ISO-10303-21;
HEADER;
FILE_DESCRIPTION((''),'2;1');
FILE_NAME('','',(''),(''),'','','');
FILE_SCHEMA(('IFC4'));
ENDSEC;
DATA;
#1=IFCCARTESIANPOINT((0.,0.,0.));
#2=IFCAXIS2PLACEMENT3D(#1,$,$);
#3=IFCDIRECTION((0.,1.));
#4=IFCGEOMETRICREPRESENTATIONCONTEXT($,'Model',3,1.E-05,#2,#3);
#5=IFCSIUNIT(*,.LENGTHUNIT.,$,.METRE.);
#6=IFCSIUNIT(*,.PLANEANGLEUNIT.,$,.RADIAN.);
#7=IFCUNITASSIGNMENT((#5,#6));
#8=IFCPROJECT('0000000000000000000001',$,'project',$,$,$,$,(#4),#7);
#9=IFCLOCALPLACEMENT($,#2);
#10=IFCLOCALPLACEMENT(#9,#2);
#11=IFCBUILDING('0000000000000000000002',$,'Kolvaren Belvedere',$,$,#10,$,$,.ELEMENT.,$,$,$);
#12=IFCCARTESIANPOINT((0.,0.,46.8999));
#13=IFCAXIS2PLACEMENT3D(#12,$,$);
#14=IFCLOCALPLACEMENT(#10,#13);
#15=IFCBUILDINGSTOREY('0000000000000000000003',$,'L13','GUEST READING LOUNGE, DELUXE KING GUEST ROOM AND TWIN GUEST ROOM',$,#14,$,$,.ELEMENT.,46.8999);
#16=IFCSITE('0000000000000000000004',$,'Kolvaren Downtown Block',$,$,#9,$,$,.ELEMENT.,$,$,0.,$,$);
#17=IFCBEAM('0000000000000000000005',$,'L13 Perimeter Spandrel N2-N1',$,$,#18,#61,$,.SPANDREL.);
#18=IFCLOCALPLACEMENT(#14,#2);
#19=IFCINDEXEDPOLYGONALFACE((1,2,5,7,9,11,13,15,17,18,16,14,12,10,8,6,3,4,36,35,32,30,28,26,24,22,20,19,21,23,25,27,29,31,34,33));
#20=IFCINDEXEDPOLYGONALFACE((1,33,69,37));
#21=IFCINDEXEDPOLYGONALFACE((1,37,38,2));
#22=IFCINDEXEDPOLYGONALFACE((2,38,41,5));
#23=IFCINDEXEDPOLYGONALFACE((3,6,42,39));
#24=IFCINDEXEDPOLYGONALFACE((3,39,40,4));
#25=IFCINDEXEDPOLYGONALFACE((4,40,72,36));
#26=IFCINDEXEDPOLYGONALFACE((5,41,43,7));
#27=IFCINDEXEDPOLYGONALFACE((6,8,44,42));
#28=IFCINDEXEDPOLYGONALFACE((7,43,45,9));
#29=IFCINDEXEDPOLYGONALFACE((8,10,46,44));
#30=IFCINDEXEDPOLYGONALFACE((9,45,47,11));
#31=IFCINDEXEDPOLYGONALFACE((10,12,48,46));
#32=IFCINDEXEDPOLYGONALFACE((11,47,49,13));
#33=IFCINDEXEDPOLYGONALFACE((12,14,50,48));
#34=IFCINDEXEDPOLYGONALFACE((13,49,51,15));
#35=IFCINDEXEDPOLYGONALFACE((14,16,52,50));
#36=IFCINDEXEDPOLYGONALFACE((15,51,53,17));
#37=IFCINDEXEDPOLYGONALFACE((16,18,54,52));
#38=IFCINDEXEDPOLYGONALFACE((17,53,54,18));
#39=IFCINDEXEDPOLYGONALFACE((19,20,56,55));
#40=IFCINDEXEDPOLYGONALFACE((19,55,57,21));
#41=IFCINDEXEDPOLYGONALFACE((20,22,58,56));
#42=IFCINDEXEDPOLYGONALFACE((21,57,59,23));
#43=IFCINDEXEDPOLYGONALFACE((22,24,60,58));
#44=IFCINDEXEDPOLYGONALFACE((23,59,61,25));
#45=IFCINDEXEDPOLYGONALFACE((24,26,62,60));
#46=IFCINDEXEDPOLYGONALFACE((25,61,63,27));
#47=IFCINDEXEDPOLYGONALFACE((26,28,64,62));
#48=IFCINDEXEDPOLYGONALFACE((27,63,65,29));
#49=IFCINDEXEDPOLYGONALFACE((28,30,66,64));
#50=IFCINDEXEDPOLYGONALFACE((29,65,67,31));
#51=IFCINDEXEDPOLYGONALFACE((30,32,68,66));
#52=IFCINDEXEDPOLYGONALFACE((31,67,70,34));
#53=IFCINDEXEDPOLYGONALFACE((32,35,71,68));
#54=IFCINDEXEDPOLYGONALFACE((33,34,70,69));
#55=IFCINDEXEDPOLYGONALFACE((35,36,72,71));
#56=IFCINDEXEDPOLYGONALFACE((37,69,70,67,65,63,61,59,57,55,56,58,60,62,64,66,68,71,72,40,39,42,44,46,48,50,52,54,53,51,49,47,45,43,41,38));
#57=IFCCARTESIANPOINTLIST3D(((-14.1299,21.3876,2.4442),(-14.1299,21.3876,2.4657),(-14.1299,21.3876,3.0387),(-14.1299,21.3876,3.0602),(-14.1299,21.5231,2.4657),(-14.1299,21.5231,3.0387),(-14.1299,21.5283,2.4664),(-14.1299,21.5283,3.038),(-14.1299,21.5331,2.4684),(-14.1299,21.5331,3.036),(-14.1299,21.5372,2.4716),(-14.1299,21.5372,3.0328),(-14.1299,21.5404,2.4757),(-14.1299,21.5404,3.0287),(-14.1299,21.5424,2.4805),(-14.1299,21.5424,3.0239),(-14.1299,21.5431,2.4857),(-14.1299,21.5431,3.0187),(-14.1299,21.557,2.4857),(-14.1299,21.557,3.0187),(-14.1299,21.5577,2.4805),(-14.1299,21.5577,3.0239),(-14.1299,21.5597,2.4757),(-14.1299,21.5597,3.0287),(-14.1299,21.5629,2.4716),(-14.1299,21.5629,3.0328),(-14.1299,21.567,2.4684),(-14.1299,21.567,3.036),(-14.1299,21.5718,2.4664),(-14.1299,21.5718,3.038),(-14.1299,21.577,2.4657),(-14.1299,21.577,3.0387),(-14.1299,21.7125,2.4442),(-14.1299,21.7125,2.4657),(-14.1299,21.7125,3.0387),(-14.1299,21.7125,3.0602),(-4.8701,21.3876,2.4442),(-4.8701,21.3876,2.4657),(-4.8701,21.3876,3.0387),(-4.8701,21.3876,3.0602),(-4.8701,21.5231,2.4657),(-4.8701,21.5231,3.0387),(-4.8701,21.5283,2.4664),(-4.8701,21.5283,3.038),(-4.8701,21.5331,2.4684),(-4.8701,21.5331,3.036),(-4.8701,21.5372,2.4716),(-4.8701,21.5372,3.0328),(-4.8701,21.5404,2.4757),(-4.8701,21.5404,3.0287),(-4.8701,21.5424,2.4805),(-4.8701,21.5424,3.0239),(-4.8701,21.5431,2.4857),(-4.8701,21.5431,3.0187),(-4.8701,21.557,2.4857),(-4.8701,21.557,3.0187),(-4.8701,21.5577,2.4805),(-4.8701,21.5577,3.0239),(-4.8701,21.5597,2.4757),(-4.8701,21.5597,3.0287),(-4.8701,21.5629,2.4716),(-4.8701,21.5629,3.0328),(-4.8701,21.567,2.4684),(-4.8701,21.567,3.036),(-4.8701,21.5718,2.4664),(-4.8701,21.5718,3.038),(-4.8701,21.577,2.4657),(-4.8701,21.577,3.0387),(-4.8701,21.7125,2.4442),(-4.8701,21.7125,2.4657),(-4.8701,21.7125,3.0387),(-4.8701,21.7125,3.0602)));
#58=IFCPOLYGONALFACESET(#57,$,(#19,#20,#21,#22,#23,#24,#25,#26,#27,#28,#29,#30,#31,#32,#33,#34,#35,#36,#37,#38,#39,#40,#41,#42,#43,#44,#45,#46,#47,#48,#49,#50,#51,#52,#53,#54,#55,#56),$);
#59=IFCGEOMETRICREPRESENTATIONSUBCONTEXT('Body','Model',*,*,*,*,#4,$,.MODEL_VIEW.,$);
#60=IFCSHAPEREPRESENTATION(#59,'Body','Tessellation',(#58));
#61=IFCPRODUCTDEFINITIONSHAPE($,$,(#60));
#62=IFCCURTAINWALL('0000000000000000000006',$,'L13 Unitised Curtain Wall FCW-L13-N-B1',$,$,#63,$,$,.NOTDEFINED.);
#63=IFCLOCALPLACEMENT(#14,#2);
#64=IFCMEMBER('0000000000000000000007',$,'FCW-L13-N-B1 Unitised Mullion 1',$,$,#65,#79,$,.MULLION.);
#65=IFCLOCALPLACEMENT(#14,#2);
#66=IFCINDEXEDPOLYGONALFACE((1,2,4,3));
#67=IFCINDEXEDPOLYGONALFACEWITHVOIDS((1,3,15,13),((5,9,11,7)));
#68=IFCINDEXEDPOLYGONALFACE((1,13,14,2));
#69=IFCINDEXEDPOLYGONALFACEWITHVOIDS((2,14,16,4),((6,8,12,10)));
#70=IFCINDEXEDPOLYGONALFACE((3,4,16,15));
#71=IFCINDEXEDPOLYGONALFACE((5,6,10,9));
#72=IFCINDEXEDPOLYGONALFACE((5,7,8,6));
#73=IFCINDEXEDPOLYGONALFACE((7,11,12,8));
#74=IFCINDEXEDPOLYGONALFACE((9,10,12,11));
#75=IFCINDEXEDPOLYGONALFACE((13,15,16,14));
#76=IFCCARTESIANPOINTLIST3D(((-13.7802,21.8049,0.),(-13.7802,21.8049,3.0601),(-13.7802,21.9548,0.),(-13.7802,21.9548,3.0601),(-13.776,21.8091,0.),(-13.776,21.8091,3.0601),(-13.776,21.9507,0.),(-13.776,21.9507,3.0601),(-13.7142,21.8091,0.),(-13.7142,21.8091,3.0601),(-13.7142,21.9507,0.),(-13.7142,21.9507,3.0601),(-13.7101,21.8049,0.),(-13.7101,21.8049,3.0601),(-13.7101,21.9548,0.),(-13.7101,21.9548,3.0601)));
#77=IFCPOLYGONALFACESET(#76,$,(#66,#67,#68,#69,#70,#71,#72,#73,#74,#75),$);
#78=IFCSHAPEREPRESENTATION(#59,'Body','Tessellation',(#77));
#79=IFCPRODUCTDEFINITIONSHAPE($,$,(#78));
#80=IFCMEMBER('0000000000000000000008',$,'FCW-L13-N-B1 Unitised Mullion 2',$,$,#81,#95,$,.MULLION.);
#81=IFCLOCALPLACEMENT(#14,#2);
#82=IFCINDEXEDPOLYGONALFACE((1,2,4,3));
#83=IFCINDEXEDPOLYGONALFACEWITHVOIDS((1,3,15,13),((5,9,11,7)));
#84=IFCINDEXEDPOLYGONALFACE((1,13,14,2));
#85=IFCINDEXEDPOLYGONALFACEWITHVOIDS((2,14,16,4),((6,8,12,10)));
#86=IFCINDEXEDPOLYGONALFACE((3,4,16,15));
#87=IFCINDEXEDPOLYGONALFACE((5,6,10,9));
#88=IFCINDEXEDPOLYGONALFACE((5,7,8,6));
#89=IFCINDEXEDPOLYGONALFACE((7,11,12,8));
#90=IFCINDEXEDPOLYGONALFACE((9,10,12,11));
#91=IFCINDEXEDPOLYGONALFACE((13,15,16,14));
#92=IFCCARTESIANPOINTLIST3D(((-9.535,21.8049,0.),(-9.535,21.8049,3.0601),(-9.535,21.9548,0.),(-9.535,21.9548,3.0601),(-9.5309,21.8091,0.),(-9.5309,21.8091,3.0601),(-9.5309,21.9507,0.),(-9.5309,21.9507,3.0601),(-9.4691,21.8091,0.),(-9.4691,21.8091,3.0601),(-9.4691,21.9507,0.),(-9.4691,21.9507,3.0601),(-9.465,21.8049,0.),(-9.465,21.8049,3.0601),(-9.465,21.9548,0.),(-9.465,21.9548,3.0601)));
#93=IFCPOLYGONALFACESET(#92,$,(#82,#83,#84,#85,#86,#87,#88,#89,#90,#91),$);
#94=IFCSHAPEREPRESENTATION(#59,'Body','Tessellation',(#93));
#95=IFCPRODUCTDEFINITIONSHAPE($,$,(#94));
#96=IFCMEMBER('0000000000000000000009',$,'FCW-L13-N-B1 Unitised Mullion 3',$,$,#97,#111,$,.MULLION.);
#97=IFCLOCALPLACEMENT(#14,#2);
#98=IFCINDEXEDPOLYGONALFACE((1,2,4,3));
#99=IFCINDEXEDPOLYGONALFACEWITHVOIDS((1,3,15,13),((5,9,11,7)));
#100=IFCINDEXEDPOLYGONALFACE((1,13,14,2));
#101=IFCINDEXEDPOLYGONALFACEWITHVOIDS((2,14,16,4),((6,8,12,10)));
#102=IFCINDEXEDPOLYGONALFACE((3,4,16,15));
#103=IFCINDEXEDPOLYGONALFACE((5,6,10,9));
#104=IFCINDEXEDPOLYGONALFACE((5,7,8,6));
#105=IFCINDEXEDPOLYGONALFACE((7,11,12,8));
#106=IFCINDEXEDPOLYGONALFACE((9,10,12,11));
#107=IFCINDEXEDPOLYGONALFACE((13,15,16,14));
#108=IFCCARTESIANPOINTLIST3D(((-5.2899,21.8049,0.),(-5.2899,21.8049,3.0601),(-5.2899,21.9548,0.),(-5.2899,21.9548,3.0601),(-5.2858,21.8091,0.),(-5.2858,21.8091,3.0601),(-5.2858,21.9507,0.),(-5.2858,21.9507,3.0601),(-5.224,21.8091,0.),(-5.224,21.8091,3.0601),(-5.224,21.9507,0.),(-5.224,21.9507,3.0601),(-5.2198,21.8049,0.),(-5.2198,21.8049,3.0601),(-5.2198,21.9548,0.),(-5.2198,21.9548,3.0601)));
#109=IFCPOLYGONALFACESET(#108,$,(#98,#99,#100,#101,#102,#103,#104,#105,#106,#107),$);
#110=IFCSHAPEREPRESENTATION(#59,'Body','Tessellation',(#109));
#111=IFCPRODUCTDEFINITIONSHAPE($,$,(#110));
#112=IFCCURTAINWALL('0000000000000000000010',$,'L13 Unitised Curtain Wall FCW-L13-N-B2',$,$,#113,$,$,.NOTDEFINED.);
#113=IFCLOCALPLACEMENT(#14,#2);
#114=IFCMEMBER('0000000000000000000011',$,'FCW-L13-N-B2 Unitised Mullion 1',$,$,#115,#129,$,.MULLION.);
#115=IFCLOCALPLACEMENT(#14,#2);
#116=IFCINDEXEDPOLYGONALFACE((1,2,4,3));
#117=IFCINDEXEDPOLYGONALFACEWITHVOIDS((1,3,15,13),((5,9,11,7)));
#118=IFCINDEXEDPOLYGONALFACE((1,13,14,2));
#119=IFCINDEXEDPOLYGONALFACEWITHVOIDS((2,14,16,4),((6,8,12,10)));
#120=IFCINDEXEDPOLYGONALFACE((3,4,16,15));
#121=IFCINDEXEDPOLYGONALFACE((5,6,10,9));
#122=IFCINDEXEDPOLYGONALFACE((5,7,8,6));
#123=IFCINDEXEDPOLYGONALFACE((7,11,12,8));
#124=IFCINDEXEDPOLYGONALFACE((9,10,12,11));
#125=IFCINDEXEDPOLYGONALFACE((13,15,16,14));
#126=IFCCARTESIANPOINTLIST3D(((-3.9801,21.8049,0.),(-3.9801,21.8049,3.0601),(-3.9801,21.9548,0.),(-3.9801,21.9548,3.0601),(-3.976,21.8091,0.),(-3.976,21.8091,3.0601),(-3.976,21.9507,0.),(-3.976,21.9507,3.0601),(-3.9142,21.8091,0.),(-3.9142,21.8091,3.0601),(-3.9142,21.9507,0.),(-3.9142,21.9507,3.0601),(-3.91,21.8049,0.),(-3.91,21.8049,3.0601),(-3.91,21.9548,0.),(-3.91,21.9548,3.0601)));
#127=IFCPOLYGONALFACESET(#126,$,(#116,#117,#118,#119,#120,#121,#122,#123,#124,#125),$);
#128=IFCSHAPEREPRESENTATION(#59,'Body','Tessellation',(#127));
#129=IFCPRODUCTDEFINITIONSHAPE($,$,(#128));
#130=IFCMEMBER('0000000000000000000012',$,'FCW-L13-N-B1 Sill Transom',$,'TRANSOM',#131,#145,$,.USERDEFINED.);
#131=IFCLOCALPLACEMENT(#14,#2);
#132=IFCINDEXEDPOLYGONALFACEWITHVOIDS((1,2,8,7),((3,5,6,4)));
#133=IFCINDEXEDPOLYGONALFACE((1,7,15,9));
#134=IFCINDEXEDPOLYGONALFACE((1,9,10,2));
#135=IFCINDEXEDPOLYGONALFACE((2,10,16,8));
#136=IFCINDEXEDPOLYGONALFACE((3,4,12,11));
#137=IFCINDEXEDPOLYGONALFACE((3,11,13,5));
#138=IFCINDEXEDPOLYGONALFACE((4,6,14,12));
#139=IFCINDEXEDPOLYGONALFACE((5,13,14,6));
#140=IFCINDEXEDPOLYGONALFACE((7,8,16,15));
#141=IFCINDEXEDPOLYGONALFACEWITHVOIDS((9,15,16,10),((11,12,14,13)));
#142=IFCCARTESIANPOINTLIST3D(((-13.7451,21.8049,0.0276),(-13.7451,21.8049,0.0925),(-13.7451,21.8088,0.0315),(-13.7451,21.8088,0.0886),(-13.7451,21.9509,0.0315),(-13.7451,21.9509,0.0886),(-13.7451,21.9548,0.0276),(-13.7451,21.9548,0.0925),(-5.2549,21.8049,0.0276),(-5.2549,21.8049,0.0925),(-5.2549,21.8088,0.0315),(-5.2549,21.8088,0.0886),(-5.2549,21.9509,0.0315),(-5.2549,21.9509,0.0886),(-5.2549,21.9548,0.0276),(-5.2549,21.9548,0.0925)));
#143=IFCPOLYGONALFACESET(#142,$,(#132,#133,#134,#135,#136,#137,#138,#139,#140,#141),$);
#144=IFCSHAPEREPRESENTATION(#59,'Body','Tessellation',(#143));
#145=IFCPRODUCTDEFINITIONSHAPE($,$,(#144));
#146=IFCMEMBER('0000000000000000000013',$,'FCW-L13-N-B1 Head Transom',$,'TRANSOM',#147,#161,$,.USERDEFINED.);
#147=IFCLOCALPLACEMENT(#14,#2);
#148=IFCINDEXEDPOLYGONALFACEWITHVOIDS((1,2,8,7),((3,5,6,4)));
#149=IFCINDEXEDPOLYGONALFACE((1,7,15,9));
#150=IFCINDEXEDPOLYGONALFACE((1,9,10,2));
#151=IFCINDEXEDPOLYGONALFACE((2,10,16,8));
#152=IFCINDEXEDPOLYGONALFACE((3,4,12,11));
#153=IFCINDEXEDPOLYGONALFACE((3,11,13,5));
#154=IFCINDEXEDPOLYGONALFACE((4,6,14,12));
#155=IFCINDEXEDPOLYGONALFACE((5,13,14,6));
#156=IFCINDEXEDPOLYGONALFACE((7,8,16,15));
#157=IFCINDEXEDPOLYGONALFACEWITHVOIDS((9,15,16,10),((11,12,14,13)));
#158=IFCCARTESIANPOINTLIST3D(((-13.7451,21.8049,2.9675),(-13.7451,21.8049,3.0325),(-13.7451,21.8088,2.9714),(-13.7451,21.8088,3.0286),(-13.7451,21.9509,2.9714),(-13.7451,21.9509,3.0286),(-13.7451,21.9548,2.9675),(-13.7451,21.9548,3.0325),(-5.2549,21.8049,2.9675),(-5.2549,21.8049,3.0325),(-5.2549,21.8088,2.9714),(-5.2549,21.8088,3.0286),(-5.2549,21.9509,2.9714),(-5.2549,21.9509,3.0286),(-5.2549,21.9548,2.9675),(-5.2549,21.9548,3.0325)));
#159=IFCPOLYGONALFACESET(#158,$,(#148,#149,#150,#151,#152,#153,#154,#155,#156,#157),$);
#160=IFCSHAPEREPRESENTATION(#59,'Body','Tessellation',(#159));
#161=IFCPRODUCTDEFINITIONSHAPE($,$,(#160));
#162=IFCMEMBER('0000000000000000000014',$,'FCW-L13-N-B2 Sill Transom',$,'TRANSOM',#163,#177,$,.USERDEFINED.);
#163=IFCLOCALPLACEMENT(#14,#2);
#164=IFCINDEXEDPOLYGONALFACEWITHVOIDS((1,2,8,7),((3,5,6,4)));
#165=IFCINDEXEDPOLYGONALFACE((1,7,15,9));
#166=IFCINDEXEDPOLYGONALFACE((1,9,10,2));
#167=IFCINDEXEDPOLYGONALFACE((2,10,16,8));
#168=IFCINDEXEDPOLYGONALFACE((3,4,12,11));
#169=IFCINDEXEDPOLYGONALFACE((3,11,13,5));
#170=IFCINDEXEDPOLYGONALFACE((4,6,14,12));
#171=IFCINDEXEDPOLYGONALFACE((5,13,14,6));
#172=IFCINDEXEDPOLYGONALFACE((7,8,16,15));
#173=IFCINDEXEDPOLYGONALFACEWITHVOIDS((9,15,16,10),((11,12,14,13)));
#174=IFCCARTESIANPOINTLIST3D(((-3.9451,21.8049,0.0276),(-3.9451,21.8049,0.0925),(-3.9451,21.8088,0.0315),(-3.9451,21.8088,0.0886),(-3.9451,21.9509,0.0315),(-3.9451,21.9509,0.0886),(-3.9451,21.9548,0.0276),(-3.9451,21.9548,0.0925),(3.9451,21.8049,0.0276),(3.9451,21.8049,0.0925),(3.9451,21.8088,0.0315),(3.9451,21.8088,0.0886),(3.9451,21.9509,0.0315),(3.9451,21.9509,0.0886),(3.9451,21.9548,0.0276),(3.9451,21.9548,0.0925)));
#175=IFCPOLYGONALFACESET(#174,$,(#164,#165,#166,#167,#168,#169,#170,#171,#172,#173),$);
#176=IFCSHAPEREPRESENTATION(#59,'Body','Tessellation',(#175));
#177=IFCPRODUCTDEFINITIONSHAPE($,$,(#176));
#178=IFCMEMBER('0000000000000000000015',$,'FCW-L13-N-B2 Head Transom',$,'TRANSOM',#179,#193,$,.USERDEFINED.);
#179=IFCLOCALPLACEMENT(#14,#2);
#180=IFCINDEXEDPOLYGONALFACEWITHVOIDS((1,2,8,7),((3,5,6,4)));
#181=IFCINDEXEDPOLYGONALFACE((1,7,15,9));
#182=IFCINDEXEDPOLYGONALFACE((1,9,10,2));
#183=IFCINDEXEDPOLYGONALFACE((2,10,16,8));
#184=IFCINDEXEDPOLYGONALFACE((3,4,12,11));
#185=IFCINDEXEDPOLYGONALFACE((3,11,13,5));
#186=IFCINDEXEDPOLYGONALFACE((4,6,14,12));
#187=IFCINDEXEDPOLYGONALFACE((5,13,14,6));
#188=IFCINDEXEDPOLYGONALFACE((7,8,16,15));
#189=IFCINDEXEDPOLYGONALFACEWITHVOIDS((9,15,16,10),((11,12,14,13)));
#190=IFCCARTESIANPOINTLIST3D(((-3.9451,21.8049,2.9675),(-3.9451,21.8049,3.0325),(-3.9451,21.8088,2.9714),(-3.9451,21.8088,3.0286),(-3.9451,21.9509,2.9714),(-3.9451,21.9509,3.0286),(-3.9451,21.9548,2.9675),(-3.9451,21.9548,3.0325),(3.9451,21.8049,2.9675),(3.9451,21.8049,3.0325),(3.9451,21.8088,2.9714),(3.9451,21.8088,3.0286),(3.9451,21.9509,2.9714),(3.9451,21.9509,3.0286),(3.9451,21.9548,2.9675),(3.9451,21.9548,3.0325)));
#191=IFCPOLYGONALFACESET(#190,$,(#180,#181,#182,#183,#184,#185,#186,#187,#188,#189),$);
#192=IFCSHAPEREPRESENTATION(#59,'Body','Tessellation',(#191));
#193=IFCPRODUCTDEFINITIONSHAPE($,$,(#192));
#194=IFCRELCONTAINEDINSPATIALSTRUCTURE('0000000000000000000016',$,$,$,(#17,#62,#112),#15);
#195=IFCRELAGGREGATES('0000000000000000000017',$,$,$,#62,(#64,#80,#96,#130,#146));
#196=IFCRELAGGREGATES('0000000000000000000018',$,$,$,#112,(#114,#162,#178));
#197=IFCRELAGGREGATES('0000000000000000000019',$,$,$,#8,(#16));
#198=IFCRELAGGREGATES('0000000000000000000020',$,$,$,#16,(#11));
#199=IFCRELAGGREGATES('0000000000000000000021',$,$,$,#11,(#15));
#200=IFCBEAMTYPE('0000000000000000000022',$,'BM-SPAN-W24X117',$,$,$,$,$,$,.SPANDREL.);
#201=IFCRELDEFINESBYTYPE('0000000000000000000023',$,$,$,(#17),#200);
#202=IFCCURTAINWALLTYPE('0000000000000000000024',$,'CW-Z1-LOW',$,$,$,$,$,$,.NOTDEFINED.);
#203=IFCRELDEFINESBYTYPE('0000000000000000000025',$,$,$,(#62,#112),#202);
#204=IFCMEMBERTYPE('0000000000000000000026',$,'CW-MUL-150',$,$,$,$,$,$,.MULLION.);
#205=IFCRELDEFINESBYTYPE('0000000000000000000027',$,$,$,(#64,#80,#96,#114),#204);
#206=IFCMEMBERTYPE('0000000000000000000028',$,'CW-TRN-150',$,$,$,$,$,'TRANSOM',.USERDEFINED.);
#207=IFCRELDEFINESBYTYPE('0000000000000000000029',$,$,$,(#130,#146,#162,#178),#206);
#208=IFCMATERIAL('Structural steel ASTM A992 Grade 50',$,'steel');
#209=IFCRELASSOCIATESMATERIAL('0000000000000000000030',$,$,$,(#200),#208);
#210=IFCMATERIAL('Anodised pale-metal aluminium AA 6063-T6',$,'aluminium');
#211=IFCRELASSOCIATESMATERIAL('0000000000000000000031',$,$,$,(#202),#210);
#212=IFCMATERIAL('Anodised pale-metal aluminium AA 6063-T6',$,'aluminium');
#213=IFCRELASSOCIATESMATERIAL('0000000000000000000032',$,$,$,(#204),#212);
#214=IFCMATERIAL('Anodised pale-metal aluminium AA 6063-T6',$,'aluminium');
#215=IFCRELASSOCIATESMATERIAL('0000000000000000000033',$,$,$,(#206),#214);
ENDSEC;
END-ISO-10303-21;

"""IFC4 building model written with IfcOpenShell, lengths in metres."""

from ifc_helpers import new_model, si_unit, direction, frame, origin, origin_2d, place, context, subcontext, project, spatial, hollow_rectangle, i_section, extrude, material, material_profile, profile_set, type_object, element, aggregate, save


model = new_model("IFC4")

# Units and contexts
model_context = context("Model", 3, precision=1e-05, world=origin(), true_north=direction((0.0, 1.0)))
body_context = subcontext(model_context, "Body", "Model", "MODEL_VIEW")
ifc_project = project(units=[si_unit("LENGTHUNIT", "METRE"), si_unit("PLANEANGLEUNIT", "RADIAN")], contexts=[model_context])

# Site, building, storey
site_placement = place(None, origin())
site = spatial("IfcSite", under=ifc_project, at=site_placement, Name="Kolvaren Downtown Block", CompositionType="ELEMENT", RefElevation=0.0)
building_placement = place(site_placement, origin())
building = spatial("IfcBuilding", under=site, at=building_placement, Name="Kolvaren Belvedere", CompositionType="ELEMENT")
storey_placement = place(building_placement, frame((0.0, 0.0, 46.8999)))
storey = spatial("IfcBuildingStorey", under=building, at=storey_placement, Name="L13", Description="GUEST READING LOUNGE, DELUXE KING GUEST ROOM AND TWIN GUEST ROOM", CompositionType="ELEMENT", Elevation=46.8999)

# Beam
ifc_material_1 = material(Name="Structural steel ASTM A992 Grade 50", Category="steel")
ifc_material_profile_1 = material_profile(ifc_material_1, i_section(OverallWidth=0.325, OverallDepth=0.616, WebThickness=0.0139, FlangeThickness=0.0215, FilletRadius=0.02, at=origin_2d()), Name="W24X117")
ifc_profile_set_1 = profile_set([ifc_material_profile_1], Name="Structural steel ASTM A992 Grade 50")
beam_type_1 = type_object("IfcBeamType", Name="BM-SPAN-W24X117", PredefinedType="SPANDREL", material=ifc_profile_set_1)
beam_1_placement = place(storey_placement, frame((-4.8701, 21.55, 2.7522), z_axis=(-1.0, 0.0, 0.0), x_axis=(0.0, -1.0, 0.0)))
element("IfcBeam", 1, at=beam_1_placement, inside=storey, type_object=beam_type_1, Name="L13 Perimeter Spandrel N2-N1", PredefinedType="SPANDREL", context=body_context, shape_type="SweptSolid", body=[
    extrude(i_section(OverallWidth=0.325, OverallDepth=0.616, WebThickness=0.0139, FlangeThickness=0.0215, FilletRadius=0.02, at=origin_2d()), origin(), (0.0, 0.0, 1.0), 9.2598),
])

# Curtain wall, members
ifc_material_2 = material(Name="Anodised pale-metal aluminium AA 6063-T6", Category="aluminium")
curtain_wall_type = type_object("IfcCurtainWallType", Name="CW-Z1-LOW", PredefinedType="NOTDEFINED", material=ifc_material_2)
curtain_wall_1_placement = place(storey_placement, origin())
curtain_wall_1 = element("IfcCurtainWall", 2, at=curtain_wall_1_placement, inside=storey, type_object=curtain_wall_type, Name="L13 Unitised Curtain Wall FCW-L13-N-B1", PredefinedType="NOTDEFINED")
ifc_material_3 = material(Name="Anodised pale-metal aluminium AA 6063-T6", Category="aluminium")
ifc_material_profile_2 = material_profile(ifc_material_3, hollow_rectangle(XDim=0.0701, YDim=0.1499, WallThickness=0.0042, at=origin_2d()), Name="ALU-MUL-150X70")
ifc_profile_set_2 = profile_set([ifc_material_profile_2], Name="Anodised pale-metal aluminium AA 6063-T6")
member_type_1 = type_object("IfcMemberType", Name="CW-MUL-150", PredefinedType="MULLION", material=ifc_profile_set_2)
member_1_placement = place(storey_placement, frame((-13.7451, 21.8799, 0.0), z_axis=(0.0, 0.0, 1.0), x_axis=(1.0, 0.0, 0.0)))
member_1 = element("IfcMember", 3, at=member_1_placement, type_object=member_type_1, Name="FCW-L13-N-B1 Unitised Mullion 1", PredefinedType="MULLION", context=body_context, shape_type="SweptSolid", body=[
    extrude(hollow_rectangle(XDim=0.0701, YDim=0.1499, WallThickness=0.0042, at=origin_2d()), origin(), (0.0, 0.0, 1.0), 3.0601),
])
member_2_placement = place(storey_placement, frame((-9.5, 21.8799, 0.0), z_axis=(0.0, 0.0, 1.0), x_axis=(1.0, 0.0, 0.0)))
member_2 = element("IfcMember", 4, at=member_2_placement, type_object=member_type_1, Name="FCW-L13-N-B1 Unitised Mullion 2", PredefinedType="MULLION", context=body_context, shape_type="SweptSolid", body=[
    extrude(hollow_rectangle(XDim=0.0701, YDim=0.1499, WallThickness=0.0042, at=origin_2d()), origin(), (0.0, 0.0, 1.0), 3.0601),
])
member_3_placement = place(storey_placement, frame((-5.2549, 21.8799, 0.0), z_axis=(0.0, 0.0, 1.0), x_axis=(1.0, 0.0, 0.0)))
member_3 = element("IfcMember", 5, at=member_3_placement, type_object=member_type_1, Name="FCW-L13-N-B1 Unitised Mullion 3", PredefinedType="MULLION", context=body_context, shape_type="SweptSolid", body=[
    extrude(hollow_rectangle(XDim=0.0701, YDim=0.1499, WallThickness=0.0042, at=origin_2d()), origin(), (0.0, 0.0, 1.0), 3.0601),
])

# Curtain wall, member
curtain_wall_2_placement = place(storey_placement, origin())
curtain_wall_2 = element("IfcCurtainWall", 6, at=curtain_wall_2_placement, inside=storey, type_object=curtain_wall_type, Name="L13 Unitised Curtain Wall FCW-L13-N-B2", PredefinedType="NOTDEFINED")
member_4_placement = place(storey_placement, frame((-3.9451, 21.8799, 0.0), z_axis=(0.0, 0.0, 1.0), x_axis=(1.0, 0.0, 0.0)))
member_4 = element("IfcMember", 7, at=member_4_placement, type_object=member_type_1, Name="FCW-L13-N-B2 Unitised Mullion 1", PredefinedType="MULLION", context=body_context, shape_type="SweptSolid", body=[
    extrude(hollow_rectangle(XDim=0.0701, YDim=0.1499, WallThickness=0.0042, at=origin_2d()), origin(), (0.0, 0.0, 1.0), 3.0601),
])

# Members
ifc_material_4 = material(Name="Anodised pale-metal aluminium AA 6063-T6", Category="aluminium")
ifc_material_profile_3 = material_profile(ifc_material_4, hollow_rectangle(XDim=0.0649, YDim=0.1499, WallThickness=0.0039, at=origin_2d()), Name="ALU-TRN-150X65")
ifc_profile_set_3 = profile_set([ifc_material_profile_3], Name="Anodised pale-metal aluminium AA 6063-T6")
member_type_2 = type_object("IfcMemberType", Name="CW-TRN-150", ElementType="TRANSOM", PredefinedType="USERDEFINED", material=ifc_profile_set_3)
member_5_placement = place(storey_placement, frame((-13.7451, 21.8799, 0.0601), z_axis=(1.0, 0.0, 0.0), x_axis=(0.0, 0.0, 1.0)))
member_5 = element("IfcMember", 8, at=member_5_placement, type_object=member_type_2, Name="FCW-L13-N-B1 Sill Transom", ObjectType="TRANSOM", PredefinedType="USERDEFINED", context=body_context, shape_type="SweptSolid", body=[
    extrude(hollow_rectangle(XDim=0.0649, YDim=0.1499, WallThickness=0.0039, at=origin_2d()), origin(), (0.0, 0.0, 1.0), 8.4902),
])
member_6_placement = place(storey_placement, frame((-13.7451, 21.8799, 3.0), z_axis=(1.0, 0.0, 0.0), x_axis=(0.0, 0.0, 1.0)))
member_6 = element("IfcMember", 9, at=member_6_placement, type_object=member_type_2, Name="FCW-L13-N-B1 Head Transom", ObjectType="TRANSOM", PredefinedType="USERDEFINED", context=body_context, shape_type="SweptSolid", body=[
    extrude(hollow_rectangle(XDim=0.0649, YDim=0.1499, WallThickness=0.0039, at=origin_2d()), origin(), (0.0, 0.0, 1.0), 8.4902),
])
member_7_placement = place(storey_placement, frame((-3.9451, 21.8799, 0.0601), z_axis=(1.0, 0.0, 0.0), x_axis=(0.0, 0.0, 1.0)))
member_7 = element("IfcMember", 10, at=member_7_placement, type_object=member_type_2, Name="FCW-L13-N-B2 Sill Transom", ObjectType="TRANSOM", PredefinedType="USERDEFINED", context=body_context, shape_type="SweptSolid", body=[
    extrude(hollow_rectangle(XDim=0.0649, YDim=0.1499, WallThickness=0.0039, at=origin_2d()), origin(), (0.0, 0.0, 1.0), 7.8901),
])
member_8_placement = place(storey_placement, frame((-3.9451, 21.8799, 3.0), z_axis=(1.0, 0.0, 0.0), x_axis=(0.0, 0.0, 1.0)))
member_8 = element("IfcMember", 11, at=member_8_placement, type_object=member_type_2, Name="FCW-L13-N-B2 Head Transom", ObjectType="TRANSOM", PredefinedType="USERDEFINED", context=body_context, shape_type="SweptSolid", body=[
    extrude(hollow_rectangle(XDim=0.0649, YDim=0.1499, WallThickness=0.0039, at=origin_2d()), origin(), (0.0, 0.0, 1.0), 7.8901),
])

aggregate(curtain_wall_1, [member_1, member_2, member_3, member_5, member_6])
aggregate(curtain_wall_2, [member_4, member_7, member_8])

save(model, "model.ifc")
